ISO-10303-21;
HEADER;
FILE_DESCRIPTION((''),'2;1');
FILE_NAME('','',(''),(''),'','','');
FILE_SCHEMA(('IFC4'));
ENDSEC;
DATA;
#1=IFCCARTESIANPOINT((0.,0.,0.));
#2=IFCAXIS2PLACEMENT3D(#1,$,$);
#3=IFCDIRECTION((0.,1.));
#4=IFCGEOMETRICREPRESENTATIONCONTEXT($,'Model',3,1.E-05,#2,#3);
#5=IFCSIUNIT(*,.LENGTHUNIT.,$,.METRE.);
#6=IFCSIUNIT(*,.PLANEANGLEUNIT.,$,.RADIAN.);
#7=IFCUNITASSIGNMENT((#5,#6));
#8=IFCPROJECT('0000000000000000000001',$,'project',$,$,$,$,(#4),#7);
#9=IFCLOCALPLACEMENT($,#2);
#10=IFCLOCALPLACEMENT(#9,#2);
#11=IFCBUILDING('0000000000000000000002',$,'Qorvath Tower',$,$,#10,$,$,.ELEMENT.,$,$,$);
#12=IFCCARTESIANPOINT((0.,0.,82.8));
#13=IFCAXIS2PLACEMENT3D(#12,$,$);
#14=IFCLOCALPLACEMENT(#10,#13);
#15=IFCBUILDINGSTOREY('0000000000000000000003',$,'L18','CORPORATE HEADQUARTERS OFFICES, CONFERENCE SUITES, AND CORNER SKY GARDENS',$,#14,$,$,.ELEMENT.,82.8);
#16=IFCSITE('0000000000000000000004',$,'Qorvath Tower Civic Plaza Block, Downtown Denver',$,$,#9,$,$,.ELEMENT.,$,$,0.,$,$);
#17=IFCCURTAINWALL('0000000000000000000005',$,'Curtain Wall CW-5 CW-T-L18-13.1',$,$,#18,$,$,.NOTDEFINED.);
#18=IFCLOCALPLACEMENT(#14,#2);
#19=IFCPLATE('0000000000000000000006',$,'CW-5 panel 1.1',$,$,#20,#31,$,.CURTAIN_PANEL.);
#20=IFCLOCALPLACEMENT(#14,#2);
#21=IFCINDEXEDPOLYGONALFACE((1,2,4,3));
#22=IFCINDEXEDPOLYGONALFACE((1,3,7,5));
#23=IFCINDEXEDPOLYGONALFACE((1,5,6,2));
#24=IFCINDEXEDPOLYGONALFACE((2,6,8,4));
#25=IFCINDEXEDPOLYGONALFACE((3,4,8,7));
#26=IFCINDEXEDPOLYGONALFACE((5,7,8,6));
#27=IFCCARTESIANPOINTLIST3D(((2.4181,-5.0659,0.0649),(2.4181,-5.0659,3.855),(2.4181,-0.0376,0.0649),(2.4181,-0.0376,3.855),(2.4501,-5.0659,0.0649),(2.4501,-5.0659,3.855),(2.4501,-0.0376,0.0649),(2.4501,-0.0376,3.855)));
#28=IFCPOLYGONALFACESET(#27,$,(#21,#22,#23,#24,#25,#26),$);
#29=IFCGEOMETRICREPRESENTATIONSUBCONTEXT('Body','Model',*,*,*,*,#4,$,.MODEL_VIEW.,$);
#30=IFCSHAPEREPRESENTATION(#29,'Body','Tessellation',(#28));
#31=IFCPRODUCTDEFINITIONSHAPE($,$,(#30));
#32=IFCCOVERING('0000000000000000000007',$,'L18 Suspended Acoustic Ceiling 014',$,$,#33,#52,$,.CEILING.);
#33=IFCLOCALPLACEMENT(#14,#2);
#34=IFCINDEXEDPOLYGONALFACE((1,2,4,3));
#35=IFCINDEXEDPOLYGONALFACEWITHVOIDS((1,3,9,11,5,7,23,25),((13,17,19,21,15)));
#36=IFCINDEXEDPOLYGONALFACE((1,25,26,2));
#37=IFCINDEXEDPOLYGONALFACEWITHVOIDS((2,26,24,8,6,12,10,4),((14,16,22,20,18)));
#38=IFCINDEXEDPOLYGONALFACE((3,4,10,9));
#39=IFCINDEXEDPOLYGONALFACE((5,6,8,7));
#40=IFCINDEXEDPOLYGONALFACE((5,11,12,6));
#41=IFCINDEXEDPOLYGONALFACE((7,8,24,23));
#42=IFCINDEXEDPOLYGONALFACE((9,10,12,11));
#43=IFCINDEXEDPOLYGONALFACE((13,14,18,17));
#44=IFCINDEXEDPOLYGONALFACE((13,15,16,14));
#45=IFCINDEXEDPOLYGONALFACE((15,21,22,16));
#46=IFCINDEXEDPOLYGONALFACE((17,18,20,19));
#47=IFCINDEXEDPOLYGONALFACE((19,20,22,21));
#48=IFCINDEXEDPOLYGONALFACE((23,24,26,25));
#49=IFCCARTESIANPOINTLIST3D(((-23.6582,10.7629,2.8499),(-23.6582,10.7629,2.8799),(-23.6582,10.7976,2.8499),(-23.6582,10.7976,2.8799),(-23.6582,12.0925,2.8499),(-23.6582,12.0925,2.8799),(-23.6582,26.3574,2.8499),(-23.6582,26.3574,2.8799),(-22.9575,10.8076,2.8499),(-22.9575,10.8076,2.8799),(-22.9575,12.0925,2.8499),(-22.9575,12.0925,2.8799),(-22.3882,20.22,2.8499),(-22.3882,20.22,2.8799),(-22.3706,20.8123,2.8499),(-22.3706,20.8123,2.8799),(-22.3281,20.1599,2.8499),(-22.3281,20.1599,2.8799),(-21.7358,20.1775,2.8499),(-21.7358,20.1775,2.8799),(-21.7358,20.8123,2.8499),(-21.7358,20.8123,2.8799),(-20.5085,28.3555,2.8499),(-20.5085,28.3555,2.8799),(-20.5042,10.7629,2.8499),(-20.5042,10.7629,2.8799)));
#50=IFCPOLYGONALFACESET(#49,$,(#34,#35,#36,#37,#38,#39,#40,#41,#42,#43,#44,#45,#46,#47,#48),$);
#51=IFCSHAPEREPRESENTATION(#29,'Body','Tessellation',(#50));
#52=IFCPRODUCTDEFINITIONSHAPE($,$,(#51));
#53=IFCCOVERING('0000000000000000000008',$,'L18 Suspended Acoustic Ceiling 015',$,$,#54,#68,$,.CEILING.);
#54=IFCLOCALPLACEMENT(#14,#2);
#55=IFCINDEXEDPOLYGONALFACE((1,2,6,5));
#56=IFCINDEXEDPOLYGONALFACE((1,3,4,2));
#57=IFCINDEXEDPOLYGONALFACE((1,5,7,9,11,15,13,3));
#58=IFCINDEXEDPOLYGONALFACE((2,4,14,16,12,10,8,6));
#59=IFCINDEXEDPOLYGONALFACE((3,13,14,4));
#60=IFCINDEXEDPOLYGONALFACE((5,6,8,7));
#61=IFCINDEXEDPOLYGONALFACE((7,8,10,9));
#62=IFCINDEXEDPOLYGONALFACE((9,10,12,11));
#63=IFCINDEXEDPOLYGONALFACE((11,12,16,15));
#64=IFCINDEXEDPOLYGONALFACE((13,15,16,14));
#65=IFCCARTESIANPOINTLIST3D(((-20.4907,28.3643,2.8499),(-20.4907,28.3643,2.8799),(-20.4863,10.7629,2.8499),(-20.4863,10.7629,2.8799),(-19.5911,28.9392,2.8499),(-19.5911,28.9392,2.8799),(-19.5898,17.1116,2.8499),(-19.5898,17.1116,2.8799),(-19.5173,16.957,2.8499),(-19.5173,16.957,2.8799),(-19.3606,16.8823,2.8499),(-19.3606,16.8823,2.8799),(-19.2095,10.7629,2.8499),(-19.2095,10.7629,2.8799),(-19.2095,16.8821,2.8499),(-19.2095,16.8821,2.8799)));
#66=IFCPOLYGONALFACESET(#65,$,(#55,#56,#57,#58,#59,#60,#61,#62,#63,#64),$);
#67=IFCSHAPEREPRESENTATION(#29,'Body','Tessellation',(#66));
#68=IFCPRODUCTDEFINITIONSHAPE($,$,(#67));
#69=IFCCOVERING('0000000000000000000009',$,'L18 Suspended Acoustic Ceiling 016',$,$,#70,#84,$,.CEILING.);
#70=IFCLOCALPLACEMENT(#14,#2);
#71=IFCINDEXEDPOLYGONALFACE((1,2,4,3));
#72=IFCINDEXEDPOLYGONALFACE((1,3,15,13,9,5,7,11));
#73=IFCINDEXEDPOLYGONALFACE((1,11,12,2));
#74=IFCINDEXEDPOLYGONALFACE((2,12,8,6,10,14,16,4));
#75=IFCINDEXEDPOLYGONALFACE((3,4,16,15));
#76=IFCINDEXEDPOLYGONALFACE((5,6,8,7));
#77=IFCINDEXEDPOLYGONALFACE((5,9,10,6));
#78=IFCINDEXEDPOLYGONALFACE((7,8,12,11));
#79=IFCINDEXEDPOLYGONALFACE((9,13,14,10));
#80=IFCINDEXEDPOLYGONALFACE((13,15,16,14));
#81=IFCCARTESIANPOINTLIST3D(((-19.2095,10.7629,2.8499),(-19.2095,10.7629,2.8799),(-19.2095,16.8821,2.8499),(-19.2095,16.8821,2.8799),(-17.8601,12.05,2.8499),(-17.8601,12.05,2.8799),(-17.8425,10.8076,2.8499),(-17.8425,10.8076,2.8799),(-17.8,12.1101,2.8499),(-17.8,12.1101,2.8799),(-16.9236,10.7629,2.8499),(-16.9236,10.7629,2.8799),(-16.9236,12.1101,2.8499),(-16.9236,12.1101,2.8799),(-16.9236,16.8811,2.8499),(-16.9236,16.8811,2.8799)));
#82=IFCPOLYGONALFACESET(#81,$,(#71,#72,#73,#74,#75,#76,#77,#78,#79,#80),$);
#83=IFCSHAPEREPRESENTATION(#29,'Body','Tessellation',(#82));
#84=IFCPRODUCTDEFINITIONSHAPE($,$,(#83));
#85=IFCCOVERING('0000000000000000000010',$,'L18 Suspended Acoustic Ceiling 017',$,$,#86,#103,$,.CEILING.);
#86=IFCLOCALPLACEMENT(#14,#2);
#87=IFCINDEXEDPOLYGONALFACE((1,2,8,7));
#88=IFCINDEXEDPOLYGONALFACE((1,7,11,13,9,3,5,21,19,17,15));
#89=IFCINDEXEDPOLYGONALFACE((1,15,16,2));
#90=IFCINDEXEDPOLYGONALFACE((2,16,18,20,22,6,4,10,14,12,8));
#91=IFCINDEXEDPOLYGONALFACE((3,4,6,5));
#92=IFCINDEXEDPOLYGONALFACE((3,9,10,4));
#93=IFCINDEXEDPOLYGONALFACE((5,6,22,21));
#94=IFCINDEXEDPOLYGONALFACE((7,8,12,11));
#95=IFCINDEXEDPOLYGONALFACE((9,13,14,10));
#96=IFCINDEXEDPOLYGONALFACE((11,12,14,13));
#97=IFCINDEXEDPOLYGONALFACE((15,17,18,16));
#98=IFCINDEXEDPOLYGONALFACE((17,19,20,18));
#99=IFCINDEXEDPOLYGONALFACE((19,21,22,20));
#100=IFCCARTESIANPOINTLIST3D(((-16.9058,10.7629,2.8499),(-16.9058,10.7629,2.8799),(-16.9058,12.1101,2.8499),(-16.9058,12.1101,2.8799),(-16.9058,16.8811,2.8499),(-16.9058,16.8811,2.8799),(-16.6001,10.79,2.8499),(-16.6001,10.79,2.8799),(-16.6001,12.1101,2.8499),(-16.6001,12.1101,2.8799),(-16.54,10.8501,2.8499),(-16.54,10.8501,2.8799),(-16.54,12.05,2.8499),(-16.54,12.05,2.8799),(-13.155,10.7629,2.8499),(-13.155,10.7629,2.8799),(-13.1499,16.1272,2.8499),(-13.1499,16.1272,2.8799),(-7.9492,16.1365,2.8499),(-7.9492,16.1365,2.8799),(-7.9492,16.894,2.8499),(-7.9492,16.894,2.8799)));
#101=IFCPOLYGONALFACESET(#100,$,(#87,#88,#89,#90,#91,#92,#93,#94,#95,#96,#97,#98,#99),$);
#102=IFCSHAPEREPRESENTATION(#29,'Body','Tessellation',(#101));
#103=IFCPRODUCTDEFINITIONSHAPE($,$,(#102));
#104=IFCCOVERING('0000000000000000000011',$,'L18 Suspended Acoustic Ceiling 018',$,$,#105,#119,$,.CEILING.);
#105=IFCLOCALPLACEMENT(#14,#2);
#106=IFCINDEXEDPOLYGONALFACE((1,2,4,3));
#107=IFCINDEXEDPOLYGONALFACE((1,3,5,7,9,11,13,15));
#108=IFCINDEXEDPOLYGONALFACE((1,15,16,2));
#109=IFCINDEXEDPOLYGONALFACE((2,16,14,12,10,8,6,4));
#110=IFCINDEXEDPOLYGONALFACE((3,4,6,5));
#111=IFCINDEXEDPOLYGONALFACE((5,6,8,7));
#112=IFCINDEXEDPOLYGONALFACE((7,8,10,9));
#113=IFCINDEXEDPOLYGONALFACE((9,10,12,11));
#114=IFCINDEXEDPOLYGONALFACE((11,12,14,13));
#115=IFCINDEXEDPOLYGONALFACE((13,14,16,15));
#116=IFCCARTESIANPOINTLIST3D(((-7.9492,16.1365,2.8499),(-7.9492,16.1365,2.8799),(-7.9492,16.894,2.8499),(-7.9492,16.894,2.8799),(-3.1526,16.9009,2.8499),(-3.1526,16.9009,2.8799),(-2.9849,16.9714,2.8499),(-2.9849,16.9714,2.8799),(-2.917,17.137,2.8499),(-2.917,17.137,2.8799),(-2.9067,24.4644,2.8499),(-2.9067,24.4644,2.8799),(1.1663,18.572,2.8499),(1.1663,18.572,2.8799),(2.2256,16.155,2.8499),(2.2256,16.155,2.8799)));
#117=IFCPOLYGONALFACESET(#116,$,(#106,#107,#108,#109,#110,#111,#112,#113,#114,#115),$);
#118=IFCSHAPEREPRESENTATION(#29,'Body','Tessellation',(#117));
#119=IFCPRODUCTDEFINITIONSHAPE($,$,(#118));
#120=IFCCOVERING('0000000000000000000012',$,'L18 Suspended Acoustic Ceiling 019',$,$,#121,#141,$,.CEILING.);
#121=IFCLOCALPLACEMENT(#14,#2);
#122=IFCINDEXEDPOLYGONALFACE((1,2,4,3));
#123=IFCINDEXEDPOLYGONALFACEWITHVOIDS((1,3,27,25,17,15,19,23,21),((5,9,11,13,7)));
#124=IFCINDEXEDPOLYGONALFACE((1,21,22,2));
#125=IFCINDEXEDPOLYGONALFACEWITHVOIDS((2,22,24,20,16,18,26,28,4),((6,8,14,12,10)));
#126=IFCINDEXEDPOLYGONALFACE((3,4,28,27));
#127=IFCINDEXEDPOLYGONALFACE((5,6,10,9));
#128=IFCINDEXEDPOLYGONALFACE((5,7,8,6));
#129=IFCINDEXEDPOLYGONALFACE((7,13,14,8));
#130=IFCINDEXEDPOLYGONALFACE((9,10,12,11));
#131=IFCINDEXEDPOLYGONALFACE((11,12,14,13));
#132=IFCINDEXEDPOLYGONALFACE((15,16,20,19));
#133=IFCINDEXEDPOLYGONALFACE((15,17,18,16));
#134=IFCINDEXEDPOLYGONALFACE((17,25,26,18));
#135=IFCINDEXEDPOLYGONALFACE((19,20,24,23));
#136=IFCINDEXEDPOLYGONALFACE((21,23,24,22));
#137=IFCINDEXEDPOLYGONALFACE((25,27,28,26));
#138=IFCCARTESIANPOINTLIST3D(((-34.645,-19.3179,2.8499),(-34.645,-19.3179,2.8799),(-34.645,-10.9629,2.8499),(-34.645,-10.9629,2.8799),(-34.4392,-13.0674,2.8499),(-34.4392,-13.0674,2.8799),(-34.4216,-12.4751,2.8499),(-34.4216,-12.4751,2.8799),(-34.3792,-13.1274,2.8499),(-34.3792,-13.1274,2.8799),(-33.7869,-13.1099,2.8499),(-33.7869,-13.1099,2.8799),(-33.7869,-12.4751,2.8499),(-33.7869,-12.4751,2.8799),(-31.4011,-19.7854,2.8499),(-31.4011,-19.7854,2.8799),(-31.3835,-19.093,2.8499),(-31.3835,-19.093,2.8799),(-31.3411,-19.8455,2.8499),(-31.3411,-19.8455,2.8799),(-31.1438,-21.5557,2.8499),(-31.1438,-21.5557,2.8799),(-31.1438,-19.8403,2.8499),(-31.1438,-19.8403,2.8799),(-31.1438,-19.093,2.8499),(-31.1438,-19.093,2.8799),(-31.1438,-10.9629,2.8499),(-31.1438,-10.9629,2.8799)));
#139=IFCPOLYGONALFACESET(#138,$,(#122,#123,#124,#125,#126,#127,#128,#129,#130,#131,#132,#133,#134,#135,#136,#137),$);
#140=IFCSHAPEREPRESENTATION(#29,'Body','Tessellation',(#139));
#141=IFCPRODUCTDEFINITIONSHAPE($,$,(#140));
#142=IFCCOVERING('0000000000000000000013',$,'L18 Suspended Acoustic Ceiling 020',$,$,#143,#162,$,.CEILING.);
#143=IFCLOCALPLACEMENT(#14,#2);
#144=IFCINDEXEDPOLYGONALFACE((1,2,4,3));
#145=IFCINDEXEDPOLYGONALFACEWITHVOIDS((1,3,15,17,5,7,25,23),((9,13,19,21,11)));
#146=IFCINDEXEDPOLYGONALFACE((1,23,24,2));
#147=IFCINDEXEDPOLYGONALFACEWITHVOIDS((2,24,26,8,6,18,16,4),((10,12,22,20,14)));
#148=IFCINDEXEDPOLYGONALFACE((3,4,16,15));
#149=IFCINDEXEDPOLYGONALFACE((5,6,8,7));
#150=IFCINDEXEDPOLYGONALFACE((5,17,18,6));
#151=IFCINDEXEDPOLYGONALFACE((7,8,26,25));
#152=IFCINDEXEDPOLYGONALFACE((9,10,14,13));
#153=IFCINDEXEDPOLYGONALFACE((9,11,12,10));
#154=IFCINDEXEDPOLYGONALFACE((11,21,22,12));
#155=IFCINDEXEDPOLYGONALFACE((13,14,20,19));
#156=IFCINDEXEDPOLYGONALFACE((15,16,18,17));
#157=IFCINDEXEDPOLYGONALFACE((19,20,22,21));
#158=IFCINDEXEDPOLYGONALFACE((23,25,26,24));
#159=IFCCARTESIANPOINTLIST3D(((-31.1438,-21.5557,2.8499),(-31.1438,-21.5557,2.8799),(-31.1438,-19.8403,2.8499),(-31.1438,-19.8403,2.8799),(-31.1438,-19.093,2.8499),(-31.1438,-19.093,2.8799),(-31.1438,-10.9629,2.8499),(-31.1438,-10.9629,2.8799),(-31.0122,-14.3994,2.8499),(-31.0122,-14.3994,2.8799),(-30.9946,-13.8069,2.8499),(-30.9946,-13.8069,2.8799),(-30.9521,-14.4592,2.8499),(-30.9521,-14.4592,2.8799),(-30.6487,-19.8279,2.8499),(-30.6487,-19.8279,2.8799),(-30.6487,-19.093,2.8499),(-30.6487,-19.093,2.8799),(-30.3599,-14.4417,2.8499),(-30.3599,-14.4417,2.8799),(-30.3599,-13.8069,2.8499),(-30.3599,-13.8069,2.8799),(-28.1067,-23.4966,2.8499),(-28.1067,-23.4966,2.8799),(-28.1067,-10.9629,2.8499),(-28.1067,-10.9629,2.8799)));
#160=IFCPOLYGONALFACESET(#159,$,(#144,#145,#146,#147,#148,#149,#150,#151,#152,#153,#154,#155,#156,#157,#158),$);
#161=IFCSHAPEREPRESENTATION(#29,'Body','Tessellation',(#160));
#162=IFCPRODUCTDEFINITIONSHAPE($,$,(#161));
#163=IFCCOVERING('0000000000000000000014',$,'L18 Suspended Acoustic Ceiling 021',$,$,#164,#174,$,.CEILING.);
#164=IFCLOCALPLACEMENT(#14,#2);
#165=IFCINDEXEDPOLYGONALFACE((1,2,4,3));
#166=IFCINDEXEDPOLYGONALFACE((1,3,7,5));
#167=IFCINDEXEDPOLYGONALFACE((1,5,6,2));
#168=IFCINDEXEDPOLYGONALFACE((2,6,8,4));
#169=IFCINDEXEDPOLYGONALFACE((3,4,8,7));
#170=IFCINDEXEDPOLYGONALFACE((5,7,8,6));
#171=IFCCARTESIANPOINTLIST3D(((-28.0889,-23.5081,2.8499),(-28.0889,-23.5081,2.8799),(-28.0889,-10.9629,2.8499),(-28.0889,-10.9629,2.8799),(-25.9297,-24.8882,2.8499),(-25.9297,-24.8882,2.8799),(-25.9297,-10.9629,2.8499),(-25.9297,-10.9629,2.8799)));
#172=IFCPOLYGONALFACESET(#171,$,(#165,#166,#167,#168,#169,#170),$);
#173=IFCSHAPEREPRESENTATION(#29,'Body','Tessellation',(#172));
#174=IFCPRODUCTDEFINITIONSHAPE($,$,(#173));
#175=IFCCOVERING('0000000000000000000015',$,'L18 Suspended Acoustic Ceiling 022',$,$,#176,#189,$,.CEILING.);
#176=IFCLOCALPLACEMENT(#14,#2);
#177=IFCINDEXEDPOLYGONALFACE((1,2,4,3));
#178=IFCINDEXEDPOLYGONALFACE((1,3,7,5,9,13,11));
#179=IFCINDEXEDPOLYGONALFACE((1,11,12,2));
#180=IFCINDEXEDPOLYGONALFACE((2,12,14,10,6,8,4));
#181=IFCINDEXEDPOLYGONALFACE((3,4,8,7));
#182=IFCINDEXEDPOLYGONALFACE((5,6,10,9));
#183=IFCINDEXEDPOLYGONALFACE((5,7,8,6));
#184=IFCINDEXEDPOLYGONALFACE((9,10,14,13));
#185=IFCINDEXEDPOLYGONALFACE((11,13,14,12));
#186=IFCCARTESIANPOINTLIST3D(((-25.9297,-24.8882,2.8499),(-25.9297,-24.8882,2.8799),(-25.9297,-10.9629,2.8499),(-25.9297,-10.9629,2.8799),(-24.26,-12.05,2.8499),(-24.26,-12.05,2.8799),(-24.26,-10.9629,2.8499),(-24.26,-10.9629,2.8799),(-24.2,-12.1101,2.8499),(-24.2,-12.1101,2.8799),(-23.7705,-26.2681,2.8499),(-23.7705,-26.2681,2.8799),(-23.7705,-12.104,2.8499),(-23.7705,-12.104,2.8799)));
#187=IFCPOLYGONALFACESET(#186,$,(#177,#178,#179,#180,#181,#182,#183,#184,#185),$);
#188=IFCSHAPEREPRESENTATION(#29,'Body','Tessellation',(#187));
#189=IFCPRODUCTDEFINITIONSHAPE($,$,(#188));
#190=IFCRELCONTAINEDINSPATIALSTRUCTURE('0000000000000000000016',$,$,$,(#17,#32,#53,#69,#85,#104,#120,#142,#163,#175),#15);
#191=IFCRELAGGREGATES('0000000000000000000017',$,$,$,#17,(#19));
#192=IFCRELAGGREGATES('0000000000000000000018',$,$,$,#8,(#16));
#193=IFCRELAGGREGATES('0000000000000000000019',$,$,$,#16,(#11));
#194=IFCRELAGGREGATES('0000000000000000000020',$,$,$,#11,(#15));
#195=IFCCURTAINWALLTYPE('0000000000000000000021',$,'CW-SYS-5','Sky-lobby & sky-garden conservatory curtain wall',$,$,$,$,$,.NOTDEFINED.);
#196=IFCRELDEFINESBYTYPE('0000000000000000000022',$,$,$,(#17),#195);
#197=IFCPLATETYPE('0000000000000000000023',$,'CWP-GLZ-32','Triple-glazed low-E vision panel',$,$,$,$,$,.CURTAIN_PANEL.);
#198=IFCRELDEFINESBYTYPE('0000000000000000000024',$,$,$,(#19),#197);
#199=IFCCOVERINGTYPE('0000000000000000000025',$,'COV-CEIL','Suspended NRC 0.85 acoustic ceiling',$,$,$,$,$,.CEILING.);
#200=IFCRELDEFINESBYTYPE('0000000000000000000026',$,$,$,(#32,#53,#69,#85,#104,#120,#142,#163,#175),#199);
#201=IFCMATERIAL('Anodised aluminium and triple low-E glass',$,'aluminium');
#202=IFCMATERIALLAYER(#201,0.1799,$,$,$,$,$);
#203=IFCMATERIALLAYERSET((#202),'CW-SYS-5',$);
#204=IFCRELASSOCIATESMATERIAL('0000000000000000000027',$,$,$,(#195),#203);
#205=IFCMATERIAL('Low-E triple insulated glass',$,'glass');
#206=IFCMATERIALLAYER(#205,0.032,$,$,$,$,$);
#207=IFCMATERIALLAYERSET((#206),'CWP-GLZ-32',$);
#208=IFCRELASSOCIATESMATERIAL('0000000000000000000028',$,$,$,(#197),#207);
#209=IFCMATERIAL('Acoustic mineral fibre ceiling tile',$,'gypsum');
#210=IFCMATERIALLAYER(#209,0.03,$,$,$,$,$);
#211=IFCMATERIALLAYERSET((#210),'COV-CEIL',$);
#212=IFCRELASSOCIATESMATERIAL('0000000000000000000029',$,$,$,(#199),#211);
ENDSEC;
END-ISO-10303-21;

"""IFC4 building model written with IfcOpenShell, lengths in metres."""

from ifc_helpers import new_model, si_unit, direction, frame, origin, origin_2d, place, context, subcontext, project, spatial, polyline, rectangle, outline, extrude, material, layer, layer_set, type_object, element, aggregate, save


model = new_model("IFC4")

# Units and contexts
model_context = context("Model", 3, precision=1e-05, world=origin(), true_north=direction((0.0, 1.0)))
body_context = subcontext(model_context, "Body", "Model", "MODEL_VIEW")
ifc_project = project(units=[si_unit("LENGTHUNIT", "METRE"), si_unit("PLANEANGLEUNIT", "RADIAN")], contexts=[model_context])

# Site, building, storey
site_placement = place(None, origin())
site = spatial("IfcSite", under=ifc_project, at=site_placement, Name="Qorvath Tower Civic Plaza Block, Downtown Denver", CompositionType="ELEMENT", RefElevation=0.0)
building_placement = place(site_placement, origin())
building = spatial("IfcBuilding", under=site, at=building_placement, Name="Qorvath Tower", CompositionType="ELEMENT")
storey_placement = place(building_placement, frame((0.0, 0.0, 82.8)))
storey = spatial("IfcBuildingStorey", under=building, at=storey_placement, Name="L18", Description="CORPORATE HEADQUARTERS OFFICES, CONFERENCE SUITES, AND CORNER SKY GARDENS", CompositionType="ELEMENT", Elevation=82.8)

# Curtain wall, plate
ifc_material_1 = material(Name="Anodised aluminium and triple low-E glass", Category="aluminium")
ifc_layer_1 = layer(ifc_material_1, 0.1799)
ifc_layer_set_1 = layer_set([ifc_layer_1], Name="CW-SYS-5")
curtain_wall_type = type_object("IfcCurtainWallType", Name="CW-SYS-5", Description="Sky-lobby & sky-garden conservatory curtain wall", PredefinedType="NOTDEFINED", material=ifc_layer_set_1)
curtain_wall_placement = place(storey_placement, origin())
curtain_wall = element("IfcCurtainWall", 1, at=curtain_wall_placement, inside=storey, type_object=curtain_wall_type, Name="Curtain Wall CW-5 CW-T-L18-13.1", PredefinedType="NOTDEFINED")
ifc_material_2 = material(Name="Low-E triple insulated glass", Category="glass")
ifc_layer_2 = layer(ifc_material_2, 0.032)
ifc_layer_set_2 = layer_set([ifc_layer_2], Name="CWP-GLZ-32")
plate_type = type_object("IfcPlateType", Name="CWP-GLZ-32", Description="Triple-glazed low-E vision panel", PredefinedType="CURTAIN_PANEL", material=ifc_layer_set_2)
plate_placement = place(storey_placement, frame((2.4341, -2.5518, 0.0649), z_axis=(0.0, 0.0, 1.0), x_axis=(0.0, 1.0, 0.0)))
plate = element("IfcPlate", 2, at=plate_placement, type_object=plate_type, Name="CW-5 panel 1.1", PredefinedType="CURTAIN_PANEL", context=body_context, shape_type="SweptSolid", body=[
    extrude(rectangle(XDim=5.0283, YDim=0.032, at=origin_2d()), origin(), (0.0, 0.0, 1.0), 3.79),
])
aggregate(curtain_wall, [plate])

# Coverings
ifc_material_3 = material(Name="Acoustic mineral fibre ceiling tile", Category="gypsum")
ifc_layer_3 = layer(ifc_material_3, 0.03)
ifc_layer_set_3 = layer_set([ifc_layer_3], Name="COV-CEIL")
covering_type_1 = type_object("IfcCoveringType", Name="COV-CEIL", Description="Suspended NRC 0.85 acoustic ceiling", PredefinedType="CEILING", material=ifc_layer_set_3)
covering_1_placement = place(storey_placement, frame((0.0, 0.0, 2.8499)))
element("IfcCovering", 3, at=covering_1_placement, inside=storey, type_object=covering_type_1, Name="L18 Suspended Acoustic Ceiling 014", PredefinedType="CEILING", context=body_context, shape_type="SweptSolid", body=[
    extrude(outline(polyline([(-20.5085, 28.3555), (-23.6582, 26.3574), (-23.6582, 12.0925), (-22.9575, 12.0925), (-22.9575, 10.8076), (-23.6582, 10.7976), (-23.6582, 10.7629), (-20.5042, 10.7629), (-20.5085, 28.3555)]), holes=[polyline([(-22.3882, 20.22), (-22.3706, 20.8123), (-21.7358, 20.8123), (-21.7358, 20.1775), (-22.3281, 20.1599), (-22.3882, 20.22)])]), origin(), (0.0, 0.0, 1.0), 0.03),
])
covering_2_placement = place(storey_placement, frame((0.0, 0.0, 2.8499)))
element("IfcCovering", 4, at=covering_2_placement, inside=storey, type_object=covering_type_1, Name="L18 Suspended Acoustic Ceiling 015", PredefinedType="CEILING", context=body_context, shape_type="SweptSolid", body=[
    extrude(outline(polyline([(-19.5173, 16.957), (-19.5898, 17.1116), (-19.5911, 28.9392), (-20.4907, 28.3643), (-20.4863, 10.7629), (-19.2095, 10.7629), (-19.2095, 16.8821), (-19.3606, 16.8823), (-19.5173, 16.957)])), origin(), (0.0, 0.0, 1.0), 0.03),
])
covering_3_placement = place(storey_placement, frame((0.0, 0.0, 2.8499)))
element("IfcCovering", 5, at=covering_3_placement, inside=storey, type_object=covering_type_1, Name="L18 Suspended Acoustic Ceiling 016", PredefinedType="CEILING", context=body_context, shape_type="SweptSolid", body=[
    extrude(outline(polyline([(-19.2095, 16.8821), (-19.2095, 10.7629), (-16.9236, 10.7629), (-17.8425, 10.8076), (-17.8601, 12.05), (-17.8, 12.1101), (-16.9236, 12.1101), (-16.9236, 16.8811), (-19.2095, 16.8821)])), origin(), (0.0, 0.0, 1.0), 0.03),
])
covering_4_placement = place(storey_placement, frame((0.0, 0.0, 2.8499)))
element("IfcCovering", 6, at=covering_4_placement, inside=storey, type_object=covering_type_1, Name="L18 Suspended Acoustic Ceiling 017", PredefinedType="CEILING", context=body_context, shape_type="SweptSolid", body=[
    extrude(outline(polyline([(-7.9492, 16.1365), (-7.9492, 16.894), (-16.9058, 16.8811), (-16.9058, 12.1101), (-16.6001, 12.1101), (-16.54, 12.05), (-16.54, 10.8501), (-16.6001, 10.79), (-16.9058, 10.7629), (-13.155, 10.7629), (-13.1499, 16.1272), (-7.9492, 16.1365)])), origin(), (0.0, 0.0, 1.0), 0.03),
])
covering_5_placement = place(storey_placement, frame((0.0, 0.0, 2.8499)))
element("IfcCovering", 7, at=covering_5_placement, inside=storey, type_object=covering_type_1, Name="L18 Suspended Acoustic Ceiling 018", PredefinedType="CEILING", context=body_context, shape_type="SweptSolid", body=[
    extrude(outline(polyline([(-3.1526, 16.9009), (-7.9492, 16.894), (-7.9492, 16.1365), (2.2256, 16.155), (1.1663, 18.572), (-2.9067, 24.4644), (-2.917, 17.137), (-2.9849, 16.9714), (-3.1526, 16.9009)])), origin(), (0.0, 0.0, 1.0), 0.03),
])
covering_6_placement = place(storey_placement, frame((0.0, 0.0, 2.8499)))
element("IfcCovering", 8, at=covering_6_placement, inside=storey, type_object=covering_type_1, Name="L18 Suspended Acoustic Ceiling 019", PredefinedType="CEILING", context=body_context, shape_type="SweptSolid", body=[
    extrude(outline(polyline([(-34.645, -10.9629), (-34.645, -19.3179), (-31.1438, -21.5557), (-31.1438, -19.8403), (-31.3411, -19.8455), (-31.4011, -19.7854), (-31.3835, -19.093), (-31.1438, -19.093), (-31.1438, -10.9629), (-34.645, -10.9629)]), holes=[polyline([(-34.4392, -13.0674), (-34.4216, -12.4751), (-33.7869, -12.4751), (-33.7869, -13.1099), (-34.3792, -13.1274), (-34.4392, -13.0674)])]), origin(), (0.0, 0.0, 1.0), 0.03),
])
covering_7_placement = place(storey_placement, frame((0.0, 0.0, 2.8499)))
element("IfcCovering", 9, at=covering_7_placement, inside=storey, type_object=covering_type_1, Name="L18 Suspended Acoustic Ceiling 020", PredefinedType="CEILING", context=body_context, shape_type="SweptSolid", body=[
    extrude(outline(polyline([(-31.1438, -10.9629), (-31.1438, -19.093), (-30.6487, -19.093), (-30.6487, -19.8279), (-31.1438, -19.8403), (-31.1438, -21.5557), (-28.1067, -23.4966), (-28.1067, -10.9629), (-31.1438, -10.9629)]), holes=[polyline([(-31.0122, -14.3994), (-30.9946, -13.8069), (-30.3599, -13.8069), (-30.3599, -14.4417), (-30.9521, -14.4592), (-31.0122, -14.3994)])]), origin(), (0.0, 0.0, 1.0), 0.03),
])
covering_8_placement = place(storey_placement, frame((0.0, 0.0, 2.8499)))
element("IfcCovering", 10, at=covering_8_placement, inside=storey, type_object=covering_type_1, Name="L18 Suspended Acoustic Ceiling 021", PredefinedType="CEILING", context=body_context, shape_type="SweptSolid", body=[
    extrude(outline(polyline([(-25.9297, -24.8882), (-25.9297, -10.9629), (-28.0889, -10.9629), (-28.0889, -23.5081), (-25.9297, -24.8882)])), origin(), (0.0, 0.0, 1.0), 0.03),
])
covering_9_placement = place(storey_placement, frame((0.0, 0.0, 2.8499)))
element("IfcCovering", 11, at=covering_9_placement, inside=storey, type_object=covering_type_1, Name="L18 Suspended Acoustic Ceiling 022", PredefinedType="CEILING", context=body_context, shape_type="SweptSolid", body=[
    extrude(outline(polyline([(-23.7705, -26.2681), (-23.7705, -12.104), (-24.2, -12.1101), (-24.26, -12.05), (-24.26, -10.9629), (-25.9297, -10.9629), (-25.9297, -24.8882), (-23.7705, -26.2681)])), origin(), (0.0, 0.0, 1.0), 0.03),
])

save(model, "model.ifc")
